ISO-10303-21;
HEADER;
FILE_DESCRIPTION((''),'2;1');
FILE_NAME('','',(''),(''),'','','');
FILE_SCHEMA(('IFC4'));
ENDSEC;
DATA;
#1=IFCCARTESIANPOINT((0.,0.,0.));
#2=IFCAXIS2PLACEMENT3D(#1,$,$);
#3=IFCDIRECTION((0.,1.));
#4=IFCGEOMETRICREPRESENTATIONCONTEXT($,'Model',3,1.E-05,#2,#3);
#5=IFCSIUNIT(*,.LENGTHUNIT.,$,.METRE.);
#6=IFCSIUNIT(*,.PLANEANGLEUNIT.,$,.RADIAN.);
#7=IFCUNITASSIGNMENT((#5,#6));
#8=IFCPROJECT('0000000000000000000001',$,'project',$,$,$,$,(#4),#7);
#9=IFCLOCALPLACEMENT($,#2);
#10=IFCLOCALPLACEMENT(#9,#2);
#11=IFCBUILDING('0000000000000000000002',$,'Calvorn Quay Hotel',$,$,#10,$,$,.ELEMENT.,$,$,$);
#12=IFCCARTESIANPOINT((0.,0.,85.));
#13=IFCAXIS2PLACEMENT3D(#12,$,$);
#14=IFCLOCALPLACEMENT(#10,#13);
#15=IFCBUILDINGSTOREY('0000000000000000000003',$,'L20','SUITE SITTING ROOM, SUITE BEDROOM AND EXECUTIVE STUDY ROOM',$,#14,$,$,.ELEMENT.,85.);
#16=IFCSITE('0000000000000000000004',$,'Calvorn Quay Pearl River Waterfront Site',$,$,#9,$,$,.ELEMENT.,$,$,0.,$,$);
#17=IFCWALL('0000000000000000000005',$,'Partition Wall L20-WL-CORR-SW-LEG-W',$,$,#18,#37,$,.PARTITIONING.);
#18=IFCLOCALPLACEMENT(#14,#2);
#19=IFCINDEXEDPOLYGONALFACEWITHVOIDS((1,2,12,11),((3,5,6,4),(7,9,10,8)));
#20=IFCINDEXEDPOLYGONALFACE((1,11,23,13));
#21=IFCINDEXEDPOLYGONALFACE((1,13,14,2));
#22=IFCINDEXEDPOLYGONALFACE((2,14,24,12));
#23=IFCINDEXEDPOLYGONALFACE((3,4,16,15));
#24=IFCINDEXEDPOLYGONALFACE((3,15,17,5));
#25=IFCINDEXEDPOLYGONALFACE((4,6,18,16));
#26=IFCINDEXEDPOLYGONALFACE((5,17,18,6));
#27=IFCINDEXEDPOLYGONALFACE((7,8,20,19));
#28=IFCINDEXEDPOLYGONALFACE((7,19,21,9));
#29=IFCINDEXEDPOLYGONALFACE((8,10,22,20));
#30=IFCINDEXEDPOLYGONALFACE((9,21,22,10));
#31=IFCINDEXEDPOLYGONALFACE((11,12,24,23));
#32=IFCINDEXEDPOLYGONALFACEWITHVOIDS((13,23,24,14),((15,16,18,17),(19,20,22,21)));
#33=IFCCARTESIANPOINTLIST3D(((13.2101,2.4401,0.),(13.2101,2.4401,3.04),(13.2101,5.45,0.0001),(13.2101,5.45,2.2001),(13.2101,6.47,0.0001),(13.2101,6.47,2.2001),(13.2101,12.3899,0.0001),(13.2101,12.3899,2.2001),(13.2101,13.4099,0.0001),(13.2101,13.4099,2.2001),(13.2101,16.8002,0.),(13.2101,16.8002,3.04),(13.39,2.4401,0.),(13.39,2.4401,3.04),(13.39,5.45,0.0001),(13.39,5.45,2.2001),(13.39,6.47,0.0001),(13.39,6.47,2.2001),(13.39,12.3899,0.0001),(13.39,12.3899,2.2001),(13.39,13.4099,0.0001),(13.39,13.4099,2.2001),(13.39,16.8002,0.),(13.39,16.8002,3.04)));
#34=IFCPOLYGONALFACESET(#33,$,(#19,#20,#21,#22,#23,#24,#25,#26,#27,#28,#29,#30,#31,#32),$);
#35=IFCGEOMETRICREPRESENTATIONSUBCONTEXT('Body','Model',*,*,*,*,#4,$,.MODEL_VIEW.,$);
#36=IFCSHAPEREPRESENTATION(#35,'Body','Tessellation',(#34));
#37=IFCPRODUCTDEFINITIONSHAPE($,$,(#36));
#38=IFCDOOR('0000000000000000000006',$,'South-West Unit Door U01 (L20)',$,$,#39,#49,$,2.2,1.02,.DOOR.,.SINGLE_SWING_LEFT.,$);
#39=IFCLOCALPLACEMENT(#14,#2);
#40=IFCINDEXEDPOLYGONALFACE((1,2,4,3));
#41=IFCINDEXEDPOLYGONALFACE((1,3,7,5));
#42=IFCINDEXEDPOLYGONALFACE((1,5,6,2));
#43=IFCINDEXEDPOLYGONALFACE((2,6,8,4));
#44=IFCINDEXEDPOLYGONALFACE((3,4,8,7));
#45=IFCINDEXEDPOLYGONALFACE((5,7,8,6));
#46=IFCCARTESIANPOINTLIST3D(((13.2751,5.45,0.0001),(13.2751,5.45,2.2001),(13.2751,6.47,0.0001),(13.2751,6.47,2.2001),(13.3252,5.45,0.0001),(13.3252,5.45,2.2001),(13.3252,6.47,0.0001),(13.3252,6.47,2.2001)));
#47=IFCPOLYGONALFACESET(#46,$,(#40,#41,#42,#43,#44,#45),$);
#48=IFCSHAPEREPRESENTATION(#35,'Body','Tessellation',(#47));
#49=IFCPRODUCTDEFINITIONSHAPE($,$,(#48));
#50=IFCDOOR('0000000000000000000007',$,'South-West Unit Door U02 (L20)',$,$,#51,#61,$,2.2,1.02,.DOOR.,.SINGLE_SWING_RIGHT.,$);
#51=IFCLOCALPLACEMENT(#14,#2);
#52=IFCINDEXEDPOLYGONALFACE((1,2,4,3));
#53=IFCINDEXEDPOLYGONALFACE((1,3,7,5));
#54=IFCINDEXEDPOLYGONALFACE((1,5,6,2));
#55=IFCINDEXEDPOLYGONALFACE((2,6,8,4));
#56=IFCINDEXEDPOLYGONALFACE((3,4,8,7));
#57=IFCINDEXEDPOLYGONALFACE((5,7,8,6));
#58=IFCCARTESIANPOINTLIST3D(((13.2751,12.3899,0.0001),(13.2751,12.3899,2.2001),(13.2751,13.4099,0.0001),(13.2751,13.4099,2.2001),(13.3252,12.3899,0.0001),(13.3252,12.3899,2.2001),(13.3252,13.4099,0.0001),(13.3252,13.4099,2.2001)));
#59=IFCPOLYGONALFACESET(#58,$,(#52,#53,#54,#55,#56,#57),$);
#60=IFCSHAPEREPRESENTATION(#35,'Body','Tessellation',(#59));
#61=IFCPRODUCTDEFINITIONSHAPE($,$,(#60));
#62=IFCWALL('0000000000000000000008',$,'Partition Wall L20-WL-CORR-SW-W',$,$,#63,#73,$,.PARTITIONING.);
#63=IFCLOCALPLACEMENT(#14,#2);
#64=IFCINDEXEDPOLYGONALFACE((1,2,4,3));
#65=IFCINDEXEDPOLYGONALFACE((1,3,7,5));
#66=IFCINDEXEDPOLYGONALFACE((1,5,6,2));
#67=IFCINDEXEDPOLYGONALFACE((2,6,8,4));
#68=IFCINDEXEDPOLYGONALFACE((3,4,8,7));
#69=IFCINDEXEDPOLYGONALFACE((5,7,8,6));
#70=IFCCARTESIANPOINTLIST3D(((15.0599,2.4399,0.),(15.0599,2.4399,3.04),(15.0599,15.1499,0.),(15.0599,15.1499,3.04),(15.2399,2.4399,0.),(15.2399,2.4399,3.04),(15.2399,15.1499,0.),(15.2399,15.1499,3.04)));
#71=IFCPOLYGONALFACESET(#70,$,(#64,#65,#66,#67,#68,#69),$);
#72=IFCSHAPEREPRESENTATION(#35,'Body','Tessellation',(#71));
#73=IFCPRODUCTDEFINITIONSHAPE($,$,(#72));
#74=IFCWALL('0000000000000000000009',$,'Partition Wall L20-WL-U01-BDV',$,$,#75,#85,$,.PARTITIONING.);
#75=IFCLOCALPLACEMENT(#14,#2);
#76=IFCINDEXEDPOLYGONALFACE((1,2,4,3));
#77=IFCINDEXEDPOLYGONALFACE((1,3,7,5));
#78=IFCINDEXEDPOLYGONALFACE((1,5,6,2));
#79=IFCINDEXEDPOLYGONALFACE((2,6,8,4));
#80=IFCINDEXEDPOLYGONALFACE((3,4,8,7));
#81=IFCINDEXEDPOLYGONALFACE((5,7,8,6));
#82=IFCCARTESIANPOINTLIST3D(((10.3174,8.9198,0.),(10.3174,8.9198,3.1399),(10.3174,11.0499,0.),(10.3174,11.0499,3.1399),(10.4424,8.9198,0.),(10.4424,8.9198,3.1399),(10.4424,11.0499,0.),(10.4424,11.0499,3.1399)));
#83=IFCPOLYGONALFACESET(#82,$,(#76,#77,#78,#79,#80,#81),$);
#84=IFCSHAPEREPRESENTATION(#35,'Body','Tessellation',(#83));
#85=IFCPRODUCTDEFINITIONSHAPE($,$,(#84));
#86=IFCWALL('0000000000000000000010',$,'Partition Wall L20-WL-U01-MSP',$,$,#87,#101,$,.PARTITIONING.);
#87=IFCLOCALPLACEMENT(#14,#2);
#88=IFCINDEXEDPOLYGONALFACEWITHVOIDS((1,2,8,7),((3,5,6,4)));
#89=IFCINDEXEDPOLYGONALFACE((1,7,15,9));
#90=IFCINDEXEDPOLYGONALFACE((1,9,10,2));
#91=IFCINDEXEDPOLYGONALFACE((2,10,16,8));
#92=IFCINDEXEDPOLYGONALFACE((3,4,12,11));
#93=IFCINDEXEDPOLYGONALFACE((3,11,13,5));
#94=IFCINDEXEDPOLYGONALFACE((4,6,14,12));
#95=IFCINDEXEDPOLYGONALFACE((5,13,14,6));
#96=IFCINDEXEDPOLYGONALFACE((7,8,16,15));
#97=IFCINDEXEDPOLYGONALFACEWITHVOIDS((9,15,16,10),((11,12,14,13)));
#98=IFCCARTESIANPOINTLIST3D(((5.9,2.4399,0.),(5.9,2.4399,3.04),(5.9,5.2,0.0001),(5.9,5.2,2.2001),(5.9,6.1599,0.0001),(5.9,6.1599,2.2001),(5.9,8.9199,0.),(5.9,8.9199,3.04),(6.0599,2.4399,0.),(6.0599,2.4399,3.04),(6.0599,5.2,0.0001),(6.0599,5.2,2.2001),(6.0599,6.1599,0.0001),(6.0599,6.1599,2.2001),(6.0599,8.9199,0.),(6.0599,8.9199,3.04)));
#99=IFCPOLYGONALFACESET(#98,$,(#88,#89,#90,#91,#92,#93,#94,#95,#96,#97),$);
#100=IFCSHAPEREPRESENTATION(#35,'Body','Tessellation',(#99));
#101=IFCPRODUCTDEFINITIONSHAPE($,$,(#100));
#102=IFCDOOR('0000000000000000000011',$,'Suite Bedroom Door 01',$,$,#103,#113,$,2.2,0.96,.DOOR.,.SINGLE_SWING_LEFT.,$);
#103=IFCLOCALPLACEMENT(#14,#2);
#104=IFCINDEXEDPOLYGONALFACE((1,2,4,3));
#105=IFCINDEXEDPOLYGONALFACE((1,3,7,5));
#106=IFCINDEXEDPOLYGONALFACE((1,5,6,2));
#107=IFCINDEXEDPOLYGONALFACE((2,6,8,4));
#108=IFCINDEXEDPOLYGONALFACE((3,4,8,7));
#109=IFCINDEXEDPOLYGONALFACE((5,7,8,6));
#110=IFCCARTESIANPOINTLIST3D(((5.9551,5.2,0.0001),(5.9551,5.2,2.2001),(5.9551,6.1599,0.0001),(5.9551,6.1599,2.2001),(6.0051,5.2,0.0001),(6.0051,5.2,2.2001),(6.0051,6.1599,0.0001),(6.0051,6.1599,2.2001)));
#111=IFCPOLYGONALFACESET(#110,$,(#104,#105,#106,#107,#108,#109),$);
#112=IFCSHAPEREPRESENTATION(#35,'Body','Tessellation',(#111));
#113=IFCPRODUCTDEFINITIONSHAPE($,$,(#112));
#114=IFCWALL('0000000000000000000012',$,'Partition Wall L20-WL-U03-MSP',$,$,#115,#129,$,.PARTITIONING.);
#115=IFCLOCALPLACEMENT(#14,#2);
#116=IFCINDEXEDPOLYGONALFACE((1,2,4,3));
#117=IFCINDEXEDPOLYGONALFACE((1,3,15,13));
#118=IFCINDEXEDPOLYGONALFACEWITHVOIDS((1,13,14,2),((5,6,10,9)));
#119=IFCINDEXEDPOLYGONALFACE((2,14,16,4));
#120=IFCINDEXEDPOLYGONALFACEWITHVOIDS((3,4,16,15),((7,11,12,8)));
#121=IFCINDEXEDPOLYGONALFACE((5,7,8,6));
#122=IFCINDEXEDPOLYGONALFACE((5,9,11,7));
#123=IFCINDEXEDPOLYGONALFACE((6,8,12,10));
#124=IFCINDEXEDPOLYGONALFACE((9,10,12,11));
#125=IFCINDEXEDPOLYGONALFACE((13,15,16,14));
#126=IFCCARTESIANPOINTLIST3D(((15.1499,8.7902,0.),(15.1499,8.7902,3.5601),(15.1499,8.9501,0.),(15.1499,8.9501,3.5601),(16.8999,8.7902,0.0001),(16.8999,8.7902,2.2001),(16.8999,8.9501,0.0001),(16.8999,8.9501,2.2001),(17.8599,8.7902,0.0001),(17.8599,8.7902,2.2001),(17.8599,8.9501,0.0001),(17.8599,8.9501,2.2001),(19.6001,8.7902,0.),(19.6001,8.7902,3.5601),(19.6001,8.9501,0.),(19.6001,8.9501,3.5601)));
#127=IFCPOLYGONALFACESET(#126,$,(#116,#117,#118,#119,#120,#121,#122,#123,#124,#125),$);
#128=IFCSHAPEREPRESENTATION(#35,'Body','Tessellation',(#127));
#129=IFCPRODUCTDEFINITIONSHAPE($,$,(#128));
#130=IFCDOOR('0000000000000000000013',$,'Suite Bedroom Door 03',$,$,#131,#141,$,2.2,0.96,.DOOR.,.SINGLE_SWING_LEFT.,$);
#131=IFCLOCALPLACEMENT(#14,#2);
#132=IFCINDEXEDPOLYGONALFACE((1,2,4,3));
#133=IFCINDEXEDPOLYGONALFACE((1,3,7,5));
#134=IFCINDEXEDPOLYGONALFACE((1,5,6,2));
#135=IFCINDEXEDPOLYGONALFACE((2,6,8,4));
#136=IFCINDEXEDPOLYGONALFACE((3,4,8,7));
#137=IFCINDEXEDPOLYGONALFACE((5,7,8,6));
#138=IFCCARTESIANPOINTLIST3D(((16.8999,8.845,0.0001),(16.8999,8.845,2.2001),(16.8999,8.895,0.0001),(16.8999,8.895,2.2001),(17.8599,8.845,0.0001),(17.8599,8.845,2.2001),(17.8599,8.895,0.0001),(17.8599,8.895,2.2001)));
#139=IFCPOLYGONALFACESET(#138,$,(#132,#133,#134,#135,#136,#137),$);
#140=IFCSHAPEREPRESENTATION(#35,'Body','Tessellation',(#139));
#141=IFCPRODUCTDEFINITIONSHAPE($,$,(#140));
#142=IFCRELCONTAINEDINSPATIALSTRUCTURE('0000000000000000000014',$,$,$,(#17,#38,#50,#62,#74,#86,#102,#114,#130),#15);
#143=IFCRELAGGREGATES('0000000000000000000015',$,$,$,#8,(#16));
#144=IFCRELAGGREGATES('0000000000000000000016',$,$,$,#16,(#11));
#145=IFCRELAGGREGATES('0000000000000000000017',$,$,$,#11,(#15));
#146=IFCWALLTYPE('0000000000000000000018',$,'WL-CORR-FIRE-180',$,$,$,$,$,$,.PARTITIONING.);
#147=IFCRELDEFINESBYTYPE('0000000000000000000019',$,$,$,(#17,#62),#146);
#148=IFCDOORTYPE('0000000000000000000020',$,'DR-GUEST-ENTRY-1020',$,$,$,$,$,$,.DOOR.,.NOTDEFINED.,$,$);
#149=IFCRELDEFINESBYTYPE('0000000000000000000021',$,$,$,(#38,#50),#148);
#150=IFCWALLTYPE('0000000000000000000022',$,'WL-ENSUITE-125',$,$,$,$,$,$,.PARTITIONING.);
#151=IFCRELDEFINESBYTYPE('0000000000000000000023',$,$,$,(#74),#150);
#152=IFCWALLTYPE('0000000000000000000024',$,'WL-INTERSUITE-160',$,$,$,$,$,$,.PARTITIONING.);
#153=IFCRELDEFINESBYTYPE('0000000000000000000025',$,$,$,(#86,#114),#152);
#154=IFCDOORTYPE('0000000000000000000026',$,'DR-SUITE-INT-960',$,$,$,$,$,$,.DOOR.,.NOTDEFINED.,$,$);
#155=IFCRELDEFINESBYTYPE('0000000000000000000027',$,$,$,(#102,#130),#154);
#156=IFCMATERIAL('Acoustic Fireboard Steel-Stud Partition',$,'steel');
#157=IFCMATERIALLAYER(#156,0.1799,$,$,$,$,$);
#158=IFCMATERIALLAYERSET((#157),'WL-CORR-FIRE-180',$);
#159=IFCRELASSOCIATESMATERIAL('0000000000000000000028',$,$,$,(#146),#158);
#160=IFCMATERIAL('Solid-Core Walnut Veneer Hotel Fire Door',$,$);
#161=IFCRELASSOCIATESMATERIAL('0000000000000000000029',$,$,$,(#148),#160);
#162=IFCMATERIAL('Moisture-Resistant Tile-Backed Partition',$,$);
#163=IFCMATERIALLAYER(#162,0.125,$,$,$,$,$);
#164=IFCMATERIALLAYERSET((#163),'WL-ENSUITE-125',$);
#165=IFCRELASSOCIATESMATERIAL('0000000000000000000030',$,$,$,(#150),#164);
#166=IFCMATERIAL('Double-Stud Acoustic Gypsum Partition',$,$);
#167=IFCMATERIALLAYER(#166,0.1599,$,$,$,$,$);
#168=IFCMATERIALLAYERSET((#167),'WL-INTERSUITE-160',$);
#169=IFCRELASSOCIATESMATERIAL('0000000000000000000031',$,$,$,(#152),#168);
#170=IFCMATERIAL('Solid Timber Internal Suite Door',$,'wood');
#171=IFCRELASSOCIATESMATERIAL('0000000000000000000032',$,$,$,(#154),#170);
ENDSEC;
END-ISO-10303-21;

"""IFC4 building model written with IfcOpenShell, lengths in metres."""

from ifc_helpers import new_model, si_unit, direction, frame, frame_2d, origin, place, context, subcontext, project, spatial, rectangle, extrude, material, layer, layer_set, type_object, element, fill, save


model = new_model("IFC4")

# Units and contexts
model_context = context("Model", 3, precision=1e-05, world=origin(), true_north=direction((0.0, 1.0)))
body_context = subcontext(model_context, "Body", "Model", "MODEL_VIEW")
ifc_project = project(units=[si_unit("LENGTHUNIT", "METRE"), si_unit("PLANEANGLEUNIT", "RADIAN")], contexts=[model_context])

# Site, building, storey
site_placement = place(None, origin())
site = spatial("IfcSite", under=ifc_project, at=site_placement, Name="Calvorn Quay Pearl River Waterfront Site", CompositionType="ELEMENT", RefElevation=0.0)
building_placement = place(site_placement, origin())
building = spatial("IfcBuilding", under=site, at=building_placement, Name="Calvorn Quay Hotel", CompositionType="ELEMENT")
storey_placement = place(building_placement, frame((0.0, 0.0, 85.0)))
storey = spatial("IfcBuildingStorey", under=building, at=storey_placement, Name="L20", Description="SUITE SITTING ROOM, SUITE BEDROOM AND EXECUTIVE STUDY ROOM", CompositionType="ELEMENT", Elevation=85.0)

# Wall, openings, doors
ifc_material_1 = material(Name="Acoustic Fireboard Steel-Stud Partition", Category="steel")
ifc_layer_1 = layer(ifc_material_1, 0.1799)
ifc_layer_set_1 = layer_set([ifc_layer_1], Name="WL-CORR-FIRE-180")
wall_type_1 = type_object("IfcWallType", Name="WL-CORR-FIRE-180", PredefinedType="PARTITIONING", material=ifc_layer_set_1)
wall_1_placement = place(storey_placement, frame((13.3, 2.4399, 0.0), z_axis=(0.0, 0.0, 1.0), x_axis=(0.0, 1.0, 0.0)))
wall_1 = element("IfcWall", 1, at=wall_1_placement, inside=storey, type_object=wall_type_1, Name="Partition Wall L20-WL-CORR-SW-LEG-W", PredefinedType="PARTITIONING", context=body_context, shape_type="SweptSolid", body=[
    extrude(rectangle(XDim=14.3601, YDim=0.1799, at=frame_2d((7.1802, 0.0))), origin(), (0.0, 0.0, 1.0), 3.04),
])
opening_1_placement = place(wall_1_placement, frame((3.01, 0.0, 0.0)))
opening_1 = element("IfcOpeningElement", 2, at=opening_1_placement, cuts=wall_1, PredefinedType="OPENING", context=body_context, shape_type="SweptSolid", body=[
    extrude(rectangle(XDim=1.02, YDim=2.2, at=frame_2d((0.51, 1.1001))), frame((0.0, 0.0999, 0.0), z_axis=(0.0, -1.0, 0.0), x_axis=(1.0, 0.0, 0.0)), (0.0, 0.0, 1.0), 0.2),
])
opening_2_placement = place(wall_1_placement, frame((9.95, 0.0, 0.0)))
opening_2 = element("IfcOpeningElement", 3, at=opening_2_placement, cuts=wall_1, PredefinedType="OPENING", context=body_context, shape_type="SweptSolid", body=[
    extrude(rectangle(XDim=1.02, YDim=2.2, at=frame_2d((0.51, 1.1001))), frame((0.0, 0.0999, 0.0), z_axis=(0.0, -1.0, 0.0), x_axis=(1.0, 0.0, 0.0)), (0.0, 0.0, 1.0), 0.2),
])
ifc_material_2 = material(Name="Solid-Core Walnut Veneer Hotel Fire Door")
door_type_1 = type_object("IfcDoorType", Name="DR-GUEST-ENTRY-1020", OperationType="NOTDEFINED", PredefinedType="DOOR", material=ifc_material_2)
door_1_placement = place(opening_1_placement, origin())
door_1 = element("IfcDoor", 4, at=door_1_placement, inside=storey, type_object=door_type_1, Name="South-West Unit Door U01 (L20)", OperationType="SINGLE_SWING_LEFT", OverallHeight=2.2, OverallWidth=1.02, PredefinedType="DOOR", context=body_context, shape_type="SweptSolid", body=[
    extrude(rectangle(XDim=1.02, YDim=2.2, at=frame_2d((0.51, 1.1001))), frame((0.0, 0.0249, 0.0), z_axis=(0.0, -1.0, 0.0), x_axis=(1.0, 0.0, 0.0)), (0.0, 0.0, 1.0), 0.05),
])
fill(opening_1, door_1)
door_2_placement = place(opening_2_placement, origin())
door_2 = element("IfcDoor", 5, at=door_2_placement, inside=storey, type_object=door_type_1, Name="South-West Unit Door U02 (L20)", OperationType="SINGLE_SWING_RIGHT", OverallHeight=2.2, OverallWidth=1.02, PredefinedType="DOOR", context=body_context, shape_type="SweptSolid", body=[
    extrude(rectangle(XDim=1.02, YDim=2.2, at=frame_2d((0.51, 1.1001))), frame((0.0, 0.0249, 0.0), z_axis=(0.0, -1.0, 0.0), x_axis=(1.0, 0.0, 0.0)), (0.0, 0.0, 1.0), 0.05),
])
fill(opening_2, door_2)

# Walls
wall_2_placement = place(storey_placement, frame((15.1499, 2.4399, 0.0), z_axis=(0.0, 0.0, 1.0), x_axis=(0.0, 1.0, 0.0)))
element("IfcWall", 6, at=wall_2_placement, inside=storey, type_object=wall_type_1, Name="Partition Wall L20-WL-CORR-SW-W", PredefinedType="PARTITIONING", context=body_context, shape_type="SweptSolid", body=[
    extrude(rectangle(XDim=12.71, YDim=0.1799, at=frame_2d((6.355, 0.0))), origin(), (0.0, 0.0, 1.0), 3.04),
])
ifc_material_3 = material(Name="Moisture-Resistant Tile-Backed Partition")
ifc_layer_2 = layer(ifc_material_3, 0.125)
ifc_layer_set_2 = layer_set([ifc_layer_2], Name="WL-ENSUITE-125")
wall_type_2 = type_object("IfcWallType", Name="WL-ENSUITE-125", PredefinedType="PARTITIONING", material=ifc_layer_set_2)
wall_3_placement = place(storey_placement, frame((10.3799, 8.9199, 0.0), z_axis=(0.0, 0.0, 1.0), x_axis=(0.0, 1.0, 0.0)))
element("IfcWall", 7, at=wall_3_placement, inside=storey, type_object=wall_type_2, Name="Partition Wall L20-WL-U01-BDV", PredefinedType="PARTITIONING", context=body_context, shape_type="SweptSolid", body=[
    extrude(rectangle(XDim=2.1301, YDim=0.125, at=frame_2d((1.0649, 0.0))), origin(), (0.0, 0.0, 1.0), 3.1399),
])

# Walls, openings, doors
ifc_material_4 = material(Name="Double-Stud Acoustic Gypsum Partition")
ifc_layer_3 = layer(ifc_material_4, 0.1599)
ifc_layer_set_3 = layer_set([ifc_layer_3], Name="WL-INTERSUITE-160")
wall_type_3 = type_object("IfcWallType", Name="WL-INTERSUITE-160", PredefinedType="PARTITIONING", material=ifc_layer_set_3)
wall_4_placement = place(storey_placement, frame((5.98, 2.4399, 0.0), z_axis=(0.0, 0.0, 1.0), x_axis=(0.0, 1.0, 0.0)))
wall_4 = element("IfcWall", 8, at=wall_4_placement, inside=storey, type_object=wall_type_3, Name="Partition Wall L20-WL-U01-MSP", PredefinedType="PARTITIONING", context=body_context, shape_type="SweptSolid", body=[
    extrude(rectangle(XDim=6.48, YDim=0.1599, at=frame_2d((3.24, 0.0))), origin(), (0.0, 0.0, 1.0), 3.04),
])
opening_3_placement = place(wall_4_placement, frame((2.76, 0.0, 0.0)))
opening_3 = element("IfcOpeningElement", 9, at=opening_3_placement, cuts=wall_4, PredefinedType="OPENING", context=body_context, shape_type="SweptSolid", body=[
    extrude(rectangle(XDim=0.96, YDim=2.2, at=frame_2d((0.48, 1.1001))), frame((0.0, 0.0898, 0.0), z_axis=(0.0, -1.0, 0.0), x_axis=(1.0, 0.0, 0.0)), (0.0, 0.0, 1.0), 0.1799),
])
ifc_material_5 = material(Name="Solid Timber Internal Suite Door", Category="wood")
door_type_2 = type_object("IfcDoorType", Name="DR-SUITE-INT-960", OperationType="NOTDEFINED", PredefinedType="DOOR", material=ifc_material_5)
door_3_placement = place(opening_3_placement, origin())
door_3 = element("IfcDoor", 10, at=door_3_placement, inside=storey, type_object=door_type_2, Name="Suite Bedroom Door 01", OperationType="SINGLE_SWING_LEFT", OverallHeight=2.2, OverallWidth=0.96, PredefinedType="DOOR", context=body_context, shape_type="SweptSolid", body=[
    extrude(rectangle(XDim=0.96, YDim=2.2, at=frame_2d((0.48, 1.1001))), frame((0.0, 0.0249, 0.0), z_axis=(0.0, -1.0, 0.0), x_axis=(1.0, 0.0, 0.0)), (0.0, 0.0, 1.0), 0.05),
])
fill(opening_3, door_3)
wall_5_placement = place(storey_placement, frame((15.1499, 8.8701, 0.0), z_axis=(0.0, 0.0, 1.0), x_axis=(1.0, 0.0, 0.0)))
wall_5 = element("IfcWall", 11, at=wall_5_placement, inside=storey, type_object=wall_type_3, Name="Partition Wall L20-WL-U03-MSP", PredefinedType="PARTITIONING", context=body_context, shape_type="SweptSolid", body=[
    extrude(rectangle(XDim=4.4502, YDim=0.1599, at=frame_2d((2.2251, 0.0))), origin(), (0.0, 0.0, 1.0), 3.5601),
])
opening_4_placement = place(wall_5_placement, frame((1.75, 0.0, 0.0)))
opening_4 = element("IfcOpeningElement", 12, at=opening_4_placement, cuts=wall_5, PredefinedType="OPENING", context=body_context, shape_type="SweptSolid", body=[
    extrude(rectangle(XDim=0.96, YDim=2.2, at=frame_2d((0.48, 1.1001))), frame((0.0, 0.0898, 0.0), z_axis=(0.0, -1.0, 0.0), x_axis=(1.0, 0.0, 0.0)), (0.0, 0.0, 1.0), 0.1799),
])
door_4_placement = place(opening_4_placement, origin())
door_4 = element("IfcDoor", 13, at=door_4_placement, inside=storey, type_object=door_type_2, Name="Suite Bedroom Door 03", OperationType="SINGLE_SWING_LEFT", OverallHeight=2.2, OverallWidth=0.96, PredefinedType="DOOR", context=body_context, shape_type="SweptSolid", body=[
    extrude(rectangle(XDim=0.96, YDim=2.2, at=frame_2d((0.48, 1.1001))), frame((0.0, 0.0249, 0.0), z_axis=(0.0, -1.0, 0.0), x_axis=(1.0, 0.0, 0.0)), (0.0, 0.0, 1.0), 0.05),
])
fill(opening_4, door_4)

save(model, "model.ifc")
